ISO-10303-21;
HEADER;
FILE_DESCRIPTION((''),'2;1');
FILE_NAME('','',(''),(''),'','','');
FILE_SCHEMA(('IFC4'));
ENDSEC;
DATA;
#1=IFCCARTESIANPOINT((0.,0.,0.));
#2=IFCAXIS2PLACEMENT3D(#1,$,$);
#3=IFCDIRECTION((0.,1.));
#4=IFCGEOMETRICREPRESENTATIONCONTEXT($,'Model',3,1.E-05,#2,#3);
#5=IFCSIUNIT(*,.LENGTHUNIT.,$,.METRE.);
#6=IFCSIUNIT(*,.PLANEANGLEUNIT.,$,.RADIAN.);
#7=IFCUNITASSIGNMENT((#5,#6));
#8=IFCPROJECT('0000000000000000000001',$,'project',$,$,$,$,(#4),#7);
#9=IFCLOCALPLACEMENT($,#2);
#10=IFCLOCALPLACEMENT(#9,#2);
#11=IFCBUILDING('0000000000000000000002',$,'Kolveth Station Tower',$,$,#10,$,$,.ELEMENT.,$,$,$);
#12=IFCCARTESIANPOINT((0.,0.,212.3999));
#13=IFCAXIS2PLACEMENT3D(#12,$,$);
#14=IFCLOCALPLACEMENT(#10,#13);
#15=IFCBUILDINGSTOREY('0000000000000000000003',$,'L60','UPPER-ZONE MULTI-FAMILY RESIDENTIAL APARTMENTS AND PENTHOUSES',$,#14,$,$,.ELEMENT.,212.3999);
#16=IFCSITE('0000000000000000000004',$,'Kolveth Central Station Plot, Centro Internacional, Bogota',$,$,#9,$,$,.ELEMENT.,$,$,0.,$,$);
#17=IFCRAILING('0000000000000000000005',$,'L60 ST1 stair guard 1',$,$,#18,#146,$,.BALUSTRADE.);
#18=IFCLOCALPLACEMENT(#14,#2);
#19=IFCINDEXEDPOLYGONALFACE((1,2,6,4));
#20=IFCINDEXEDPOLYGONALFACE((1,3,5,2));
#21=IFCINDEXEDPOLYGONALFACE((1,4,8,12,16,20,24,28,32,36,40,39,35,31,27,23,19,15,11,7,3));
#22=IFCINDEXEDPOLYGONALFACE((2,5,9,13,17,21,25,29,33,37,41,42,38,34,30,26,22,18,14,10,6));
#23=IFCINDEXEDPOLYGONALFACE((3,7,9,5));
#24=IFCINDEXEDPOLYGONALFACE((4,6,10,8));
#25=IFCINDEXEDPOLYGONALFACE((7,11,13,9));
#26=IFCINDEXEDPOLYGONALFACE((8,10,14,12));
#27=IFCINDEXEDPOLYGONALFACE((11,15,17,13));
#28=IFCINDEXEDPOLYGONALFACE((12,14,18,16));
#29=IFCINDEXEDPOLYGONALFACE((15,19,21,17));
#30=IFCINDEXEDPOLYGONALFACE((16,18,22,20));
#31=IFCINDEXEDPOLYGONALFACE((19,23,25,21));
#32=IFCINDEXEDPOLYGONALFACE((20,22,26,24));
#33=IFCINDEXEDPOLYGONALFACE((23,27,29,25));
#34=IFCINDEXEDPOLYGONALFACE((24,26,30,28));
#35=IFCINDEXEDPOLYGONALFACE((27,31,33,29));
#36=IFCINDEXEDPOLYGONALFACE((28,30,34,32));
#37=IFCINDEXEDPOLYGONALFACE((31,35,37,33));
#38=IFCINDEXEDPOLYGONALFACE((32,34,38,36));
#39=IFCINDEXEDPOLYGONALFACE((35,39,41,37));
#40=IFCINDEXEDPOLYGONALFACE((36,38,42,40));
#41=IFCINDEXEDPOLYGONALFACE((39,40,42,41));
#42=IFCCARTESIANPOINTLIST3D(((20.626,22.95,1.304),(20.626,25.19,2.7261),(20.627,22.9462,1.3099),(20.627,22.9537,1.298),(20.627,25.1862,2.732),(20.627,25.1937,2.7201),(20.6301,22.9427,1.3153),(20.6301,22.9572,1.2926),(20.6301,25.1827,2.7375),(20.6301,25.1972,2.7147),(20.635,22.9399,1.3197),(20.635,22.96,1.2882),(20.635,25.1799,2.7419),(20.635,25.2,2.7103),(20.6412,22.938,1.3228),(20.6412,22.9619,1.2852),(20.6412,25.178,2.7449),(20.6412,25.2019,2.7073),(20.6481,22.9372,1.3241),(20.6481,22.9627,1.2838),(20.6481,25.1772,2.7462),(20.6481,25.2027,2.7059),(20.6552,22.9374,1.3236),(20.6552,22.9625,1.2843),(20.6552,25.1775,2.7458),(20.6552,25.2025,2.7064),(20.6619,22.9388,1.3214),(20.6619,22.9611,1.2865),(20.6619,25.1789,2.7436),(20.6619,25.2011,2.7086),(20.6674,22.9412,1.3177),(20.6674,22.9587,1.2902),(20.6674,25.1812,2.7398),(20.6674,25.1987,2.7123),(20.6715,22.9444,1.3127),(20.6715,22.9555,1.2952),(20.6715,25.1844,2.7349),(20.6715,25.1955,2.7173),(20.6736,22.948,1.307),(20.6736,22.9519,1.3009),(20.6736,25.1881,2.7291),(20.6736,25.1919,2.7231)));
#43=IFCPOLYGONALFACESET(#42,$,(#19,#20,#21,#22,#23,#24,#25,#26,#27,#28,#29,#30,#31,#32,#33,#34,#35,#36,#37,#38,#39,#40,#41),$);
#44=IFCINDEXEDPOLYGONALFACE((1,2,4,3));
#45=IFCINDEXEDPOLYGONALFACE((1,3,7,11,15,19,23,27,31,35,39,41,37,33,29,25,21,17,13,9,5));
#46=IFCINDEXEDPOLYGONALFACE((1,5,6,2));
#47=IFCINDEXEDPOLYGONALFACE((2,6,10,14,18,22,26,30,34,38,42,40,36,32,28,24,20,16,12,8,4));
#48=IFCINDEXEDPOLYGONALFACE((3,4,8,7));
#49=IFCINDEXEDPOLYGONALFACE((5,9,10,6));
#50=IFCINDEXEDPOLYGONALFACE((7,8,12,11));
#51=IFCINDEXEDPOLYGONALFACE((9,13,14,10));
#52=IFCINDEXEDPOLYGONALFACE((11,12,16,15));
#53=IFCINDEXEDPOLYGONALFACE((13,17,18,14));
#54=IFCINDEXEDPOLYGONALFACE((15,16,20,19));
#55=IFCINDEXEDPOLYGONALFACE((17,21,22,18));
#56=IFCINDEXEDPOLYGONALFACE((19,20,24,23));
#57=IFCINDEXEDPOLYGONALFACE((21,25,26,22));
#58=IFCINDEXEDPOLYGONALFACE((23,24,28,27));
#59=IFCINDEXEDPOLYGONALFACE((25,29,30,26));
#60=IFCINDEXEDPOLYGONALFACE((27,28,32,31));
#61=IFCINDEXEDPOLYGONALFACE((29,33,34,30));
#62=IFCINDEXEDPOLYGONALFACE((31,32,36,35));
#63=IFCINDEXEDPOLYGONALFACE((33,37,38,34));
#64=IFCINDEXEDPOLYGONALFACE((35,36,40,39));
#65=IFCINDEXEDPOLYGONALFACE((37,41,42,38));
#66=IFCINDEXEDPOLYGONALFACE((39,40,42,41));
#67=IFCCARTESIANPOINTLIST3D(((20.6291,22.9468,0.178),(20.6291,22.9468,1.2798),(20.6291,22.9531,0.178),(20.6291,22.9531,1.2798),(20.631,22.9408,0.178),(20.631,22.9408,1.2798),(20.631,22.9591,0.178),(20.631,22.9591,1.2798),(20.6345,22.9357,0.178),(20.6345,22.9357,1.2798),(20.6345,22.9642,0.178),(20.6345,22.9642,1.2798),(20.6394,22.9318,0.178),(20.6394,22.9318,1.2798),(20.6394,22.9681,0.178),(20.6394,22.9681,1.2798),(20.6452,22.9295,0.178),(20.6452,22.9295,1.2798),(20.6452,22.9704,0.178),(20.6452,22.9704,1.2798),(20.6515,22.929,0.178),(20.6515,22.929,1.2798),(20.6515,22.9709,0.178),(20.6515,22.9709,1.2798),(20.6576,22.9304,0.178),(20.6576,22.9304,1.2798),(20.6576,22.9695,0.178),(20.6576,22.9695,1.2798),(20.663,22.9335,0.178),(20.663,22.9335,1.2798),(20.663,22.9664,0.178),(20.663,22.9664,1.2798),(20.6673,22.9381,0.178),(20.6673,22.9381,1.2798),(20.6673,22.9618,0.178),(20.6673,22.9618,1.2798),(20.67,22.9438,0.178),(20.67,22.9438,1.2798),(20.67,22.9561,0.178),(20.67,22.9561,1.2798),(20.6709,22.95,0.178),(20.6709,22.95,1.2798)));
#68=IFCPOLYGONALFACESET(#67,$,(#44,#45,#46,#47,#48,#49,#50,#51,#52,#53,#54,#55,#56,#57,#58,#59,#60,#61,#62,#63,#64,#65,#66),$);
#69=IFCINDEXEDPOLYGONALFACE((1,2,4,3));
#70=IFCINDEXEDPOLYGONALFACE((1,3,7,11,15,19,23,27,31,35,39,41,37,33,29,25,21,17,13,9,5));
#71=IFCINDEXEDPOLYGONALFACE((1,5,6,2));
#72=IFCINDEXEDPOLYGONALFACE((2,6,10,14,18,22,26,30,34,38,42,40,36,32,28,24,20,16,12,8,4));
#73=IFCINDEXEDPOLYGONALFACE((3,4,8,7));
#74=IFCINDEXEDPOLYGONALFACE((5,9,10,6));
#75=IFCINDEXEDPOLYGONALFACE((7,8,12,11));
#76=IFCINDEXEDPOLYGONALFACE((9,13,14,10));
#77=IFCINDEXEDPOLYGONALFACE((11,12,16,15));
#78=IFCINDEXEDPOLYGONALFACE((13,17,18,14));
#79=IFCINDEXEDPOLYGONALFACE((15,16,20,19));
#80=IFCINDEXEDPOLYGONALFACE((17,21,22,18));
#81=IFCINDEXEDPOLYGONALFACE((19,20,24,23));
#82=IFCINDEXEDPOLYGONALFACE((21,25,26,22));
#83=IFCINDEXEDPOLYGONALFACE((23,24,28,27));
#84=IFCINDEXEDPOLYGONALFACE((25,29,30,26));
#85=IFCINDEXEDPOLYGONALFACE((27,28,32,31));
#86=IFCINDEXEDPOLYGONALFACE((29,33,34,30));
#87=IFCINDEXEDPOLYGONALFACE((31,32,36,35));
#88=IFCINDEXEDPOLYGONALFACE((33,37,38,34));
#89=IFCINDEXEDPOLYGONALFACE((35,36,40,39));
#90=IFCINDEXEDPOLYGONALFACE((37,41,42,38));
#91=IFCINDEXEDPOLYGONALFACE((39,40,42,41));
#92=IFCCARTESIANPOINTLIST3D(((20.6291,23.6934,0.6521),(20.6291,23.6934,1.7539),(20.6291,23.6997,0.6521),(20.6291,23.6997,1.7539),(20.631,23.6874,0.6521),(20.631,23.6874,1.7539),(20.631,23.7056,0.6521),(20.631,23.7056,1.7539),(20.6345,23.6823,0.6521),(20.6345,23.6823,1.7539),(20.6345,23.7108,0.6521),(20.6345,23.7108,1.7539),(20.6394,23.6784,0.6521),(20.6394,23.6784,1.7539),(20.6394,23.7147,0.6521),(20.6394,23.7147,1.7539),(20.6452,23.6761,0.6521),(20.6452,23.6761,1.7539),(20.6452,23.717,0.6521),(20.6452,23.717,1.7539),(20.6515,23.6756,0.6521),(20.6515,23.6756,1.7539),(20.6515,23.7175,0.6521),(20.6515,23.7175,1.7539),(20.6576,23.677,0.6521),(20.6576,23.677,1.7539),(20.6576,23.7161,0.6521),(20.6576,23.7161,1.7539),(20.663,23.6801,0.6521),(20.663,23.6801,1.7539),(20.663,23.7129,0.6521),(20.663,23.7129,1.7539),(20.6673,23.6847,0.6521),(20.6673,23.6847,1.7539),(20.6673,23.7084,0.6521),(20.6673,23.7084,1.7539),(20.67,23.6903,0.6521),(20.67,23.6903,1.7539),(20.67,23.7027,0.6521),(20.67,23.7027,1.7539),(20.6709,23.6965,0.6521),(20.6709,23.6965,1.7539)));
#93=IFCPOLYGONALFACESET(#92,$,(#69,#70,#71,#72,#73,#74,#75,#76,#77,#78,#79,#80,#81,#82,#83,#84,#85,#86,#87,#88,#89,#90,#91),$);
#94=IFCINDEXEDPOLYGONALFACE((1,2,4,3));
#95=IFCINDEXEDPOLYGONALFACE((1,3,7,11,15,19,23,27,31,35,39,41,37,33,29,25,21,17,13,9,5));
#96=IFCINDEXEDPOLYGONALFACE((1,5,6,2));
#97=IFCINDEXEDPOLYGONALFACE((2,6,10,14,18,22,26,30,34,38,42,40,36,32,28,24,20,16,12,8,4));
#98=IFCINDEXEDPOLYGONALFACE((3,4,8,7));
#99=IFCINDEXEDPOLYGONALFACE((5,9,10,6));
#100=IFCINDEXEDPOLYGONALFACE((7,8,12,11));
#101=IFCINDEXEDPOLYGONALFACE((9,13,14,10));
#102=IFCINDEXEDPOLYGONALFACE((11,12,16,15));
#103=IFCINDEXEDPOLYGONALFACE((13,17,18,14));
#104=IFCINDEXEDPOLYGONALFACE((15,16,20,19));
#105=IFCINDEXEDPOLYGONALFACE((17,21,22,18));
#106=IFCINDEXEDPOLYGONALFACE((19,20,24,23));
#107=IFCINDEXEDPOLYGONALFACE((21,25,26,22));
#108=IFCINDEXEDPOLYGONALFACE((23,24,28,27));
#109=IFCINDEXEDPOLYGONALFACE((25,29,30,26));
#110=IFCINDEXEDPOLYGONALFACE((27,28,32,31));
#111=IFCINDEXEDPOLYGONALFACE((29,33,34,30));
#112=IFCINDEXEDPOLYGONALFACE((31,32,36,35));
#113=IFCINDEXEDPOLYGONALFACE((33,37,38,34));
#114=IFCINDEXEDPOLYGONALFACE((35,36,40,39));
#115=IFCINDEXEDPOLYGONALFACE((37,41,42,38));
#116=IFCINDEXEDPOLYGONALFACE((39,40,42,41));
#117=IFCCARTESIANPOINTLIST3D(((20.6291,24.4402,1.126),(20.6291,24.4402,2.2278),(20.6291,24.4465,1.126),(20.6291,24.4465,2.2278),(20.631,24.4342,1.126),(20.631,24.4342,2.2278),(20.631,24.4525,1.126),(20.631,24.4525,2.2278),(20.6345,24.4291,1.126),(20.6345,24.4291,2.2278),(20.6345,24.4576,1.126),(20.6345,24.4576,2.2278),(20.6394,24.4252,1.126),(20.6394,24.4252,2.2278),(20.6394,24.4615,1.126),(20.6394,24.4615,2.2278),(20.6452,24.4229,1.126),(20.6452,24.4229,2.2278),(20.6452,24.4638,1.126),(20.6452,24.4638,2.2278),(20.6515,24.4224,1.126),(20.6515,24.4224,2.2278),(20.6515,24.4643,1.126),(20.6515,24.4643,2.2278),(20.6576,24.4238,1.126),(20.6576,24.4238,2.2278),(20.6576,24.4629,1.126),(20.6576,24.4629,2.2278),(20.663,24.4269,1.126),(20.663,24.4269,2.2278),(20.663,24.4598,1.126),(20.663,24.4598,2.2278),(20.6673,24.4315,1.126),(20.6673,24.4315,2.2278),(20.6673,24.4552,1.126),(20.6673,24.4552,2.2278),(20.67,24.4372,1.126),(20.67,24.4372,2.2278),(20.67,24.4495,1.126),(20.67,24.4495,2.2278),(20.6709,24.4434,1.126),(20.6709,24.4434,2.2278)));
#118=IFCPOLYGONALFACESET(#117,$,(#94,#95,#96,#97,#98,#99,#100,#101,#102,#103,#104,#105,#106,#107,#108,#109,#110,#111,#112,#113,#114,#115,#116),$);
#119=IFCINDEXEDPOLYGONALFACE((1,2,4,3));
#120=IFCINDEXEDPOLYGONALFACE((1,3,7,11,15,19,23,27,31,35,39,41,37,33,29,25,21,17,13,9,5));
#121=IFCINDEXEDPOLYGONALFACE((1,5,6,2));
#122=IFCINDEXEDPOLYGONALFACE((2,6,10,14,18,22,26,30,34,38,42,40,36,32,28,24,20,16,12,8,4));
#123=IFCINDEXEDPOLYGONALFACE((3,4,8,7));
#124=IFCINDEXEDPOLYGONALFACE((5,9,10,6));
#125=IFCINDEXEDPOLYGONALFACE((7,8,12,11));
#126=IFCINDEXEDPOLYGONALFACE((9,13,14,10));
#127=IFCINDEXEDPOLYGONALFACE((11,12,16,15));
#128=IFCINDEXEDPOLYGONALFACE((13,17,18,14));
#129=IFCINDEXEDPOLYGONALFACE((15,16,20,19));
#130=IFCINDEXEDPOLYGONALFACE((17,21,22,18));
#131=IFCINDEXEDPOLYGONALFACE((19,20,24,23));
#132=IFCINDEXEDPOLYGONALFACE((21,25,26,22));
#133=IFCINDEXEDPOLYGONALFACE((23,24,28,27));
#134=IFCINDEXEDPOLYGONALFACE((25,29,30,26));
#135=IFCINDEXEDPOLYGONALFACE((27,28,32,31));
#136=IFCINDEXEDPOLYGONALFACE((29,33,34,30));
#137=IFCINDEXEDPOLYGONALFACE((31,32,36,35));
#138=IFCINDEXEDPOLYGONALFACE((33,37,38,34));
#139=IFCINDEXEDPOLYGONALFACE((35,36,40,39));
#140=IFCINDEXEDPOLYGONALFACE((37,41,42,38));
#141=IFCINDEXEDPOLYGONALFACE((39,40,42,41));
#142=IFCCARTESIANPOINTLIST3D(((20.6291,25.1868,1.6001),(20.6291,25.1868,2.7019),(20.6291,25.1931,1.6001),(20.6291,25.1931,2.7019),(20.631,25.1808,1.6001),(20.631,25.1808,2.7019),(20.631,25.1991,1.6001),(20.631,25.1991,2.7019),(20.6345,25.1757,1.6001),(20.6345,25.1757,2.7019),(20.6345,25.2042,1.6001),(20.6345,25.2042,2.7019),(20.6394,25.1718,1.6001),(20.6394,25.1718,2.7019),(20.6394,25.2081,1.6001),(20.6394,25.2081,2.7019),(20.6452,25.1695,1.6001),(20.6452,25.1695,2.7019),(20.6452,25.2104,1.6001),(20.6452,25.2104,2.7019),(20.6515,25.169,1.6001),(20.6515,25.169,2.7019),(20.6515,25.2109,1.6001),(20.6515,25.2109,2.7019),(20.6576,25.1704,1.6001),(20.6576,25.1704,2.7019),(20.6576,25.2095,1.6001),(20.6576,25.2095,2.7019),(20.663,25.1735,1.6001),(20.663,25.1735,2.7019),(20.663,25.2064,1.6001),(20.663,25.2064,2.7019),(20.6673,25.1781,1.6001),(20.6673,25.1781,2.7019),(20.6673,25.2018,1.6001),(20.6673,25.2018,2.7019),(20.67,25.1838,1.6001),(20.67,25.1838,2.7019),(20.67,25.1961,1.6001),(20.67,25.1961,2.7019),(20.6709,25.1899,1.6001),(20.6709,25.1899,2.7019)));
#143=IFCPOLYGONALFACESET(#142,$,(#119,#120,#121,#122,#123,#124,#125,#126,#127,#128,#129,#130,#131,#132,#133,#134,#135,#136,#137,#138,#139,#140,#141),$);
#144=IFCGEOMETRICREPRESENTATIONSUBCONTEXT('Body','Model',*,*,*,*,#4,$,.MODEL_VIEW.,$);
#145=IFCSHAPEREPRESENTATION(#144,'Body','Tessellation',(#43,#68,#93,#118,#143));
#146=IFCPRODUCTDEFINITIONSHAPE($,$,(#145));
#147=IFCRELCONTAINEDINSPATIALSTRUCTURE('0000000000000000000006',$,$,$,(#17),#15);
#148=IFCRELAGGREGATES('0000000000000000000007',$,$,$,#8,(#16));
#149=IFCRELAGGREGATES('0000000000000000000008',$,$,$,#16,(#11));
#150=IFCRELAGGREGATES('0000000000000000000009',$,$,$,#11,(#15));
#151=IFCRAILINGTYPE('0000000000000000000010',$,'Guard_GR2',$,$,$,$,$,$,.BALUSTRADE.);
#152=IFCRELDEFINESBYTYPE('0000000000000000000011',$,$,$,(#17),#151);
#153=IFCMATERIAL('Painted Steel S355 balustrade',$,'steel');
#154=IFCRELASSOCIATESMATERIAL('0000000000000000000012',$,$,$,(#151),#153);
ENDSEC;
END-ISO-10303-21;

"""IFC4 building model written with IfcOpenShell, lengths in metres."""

from ifc_helpers import new_model, si_unit, direction, frame, origin, origin_2d, place, context, subcontext, project, spatial, circle, extrude, material, type_object, element, save


model = new_model("IFC4")

# Units and contexts
model_context = context("Model", 3, precision=1e-05, world=origin(), true_north=direction((0.0, 1.0)))
body_context = subcontext(model_context, "Body", "Model", "MODEL_VIEW")
ifc_project = project(units=[si_unit("LENGTHUNIT", "METRE"), si_unit("PLANEANGLEUNIT", "RADIAN")], contexts=[model_context])

# Site, building, storey
site_placement = place(None, origin())
site = spatial("IfcSite", under=ifc_project, at=site_placement, Name="Kolveth Central Station Plot, Centro Internacional, Bogota", CompositionType="ELEMENT", RefElevation=0.0)
building_placement = place(site_placement, origin())
building = spatial("IfcBuilding", under=site, at=building_placement, Name="Kolveth Station Tower", CompositionType="ELEMENT")
storey_placement = place(building_placement, frame((0.0, 0.0, 212.3999)))
storey = spatial("IfcBuildingStorey", under=building, at=storey_placement, Name="L60", Description="UPPER-ZONE MULTI-FAMILY RESIDENTIAL APARTMENTS AND PENTHOUSES", CompositionType="ELEMENT", Elevation=212.3999)

# Railing
ifc_material_1 = material(Name="Painted Steel S355 balustrade", Category="steel")
railing_type_1 = type_object("IfcRailingType", Name="Guard_GR2", PredefinedType="BALUSTRADE", material=ifc_material_1)
railing_1_placement = place(storey_placement, frame((20.6499, 22.95, 0.178)))
element("IfcRailing", 1, at=railing_1_placement, inside=storey, type_object=railing_type_1, Name="L60 ST1 stair guard 1", PredefinedType="BALUSTRADE", context=body_context, shape_type="SweptSolid", body=[
    extrude(circle(Radius=0.0239, at=origin_2d()), frame((0.0, 0.0, 1.126), z_axis=(0.0, 0.844229, 0.535982), x_axis=(-1.0, 0.0, 0.0)), (0.0, 0.0, 1.0), 2.6533),
    extrude(circle(Radius=0.021, at=origin_2d()), origin(), (0.0, 0.0, 1.0), 1.1018),
    extrude(circle(Radius=0.021, at=origin_2d()), frame((0.0, 0.7466, 0.4741)), (0.0, 0.0, 1.0), 1.1018),
    extrude(circle(Radius=0.021, at=origin_2d()), frame((0.0, 1.4934, 0.948)), (0.0, 0.0, 1.0), 1.1018),
    extrude(circle(Radius=0.021, at=origin_2d()), frame((0.0, 2.24, 1.4221)), (0.0, 0.0, 1.0), 1.1018),
])

save(model, "model.ifc")
